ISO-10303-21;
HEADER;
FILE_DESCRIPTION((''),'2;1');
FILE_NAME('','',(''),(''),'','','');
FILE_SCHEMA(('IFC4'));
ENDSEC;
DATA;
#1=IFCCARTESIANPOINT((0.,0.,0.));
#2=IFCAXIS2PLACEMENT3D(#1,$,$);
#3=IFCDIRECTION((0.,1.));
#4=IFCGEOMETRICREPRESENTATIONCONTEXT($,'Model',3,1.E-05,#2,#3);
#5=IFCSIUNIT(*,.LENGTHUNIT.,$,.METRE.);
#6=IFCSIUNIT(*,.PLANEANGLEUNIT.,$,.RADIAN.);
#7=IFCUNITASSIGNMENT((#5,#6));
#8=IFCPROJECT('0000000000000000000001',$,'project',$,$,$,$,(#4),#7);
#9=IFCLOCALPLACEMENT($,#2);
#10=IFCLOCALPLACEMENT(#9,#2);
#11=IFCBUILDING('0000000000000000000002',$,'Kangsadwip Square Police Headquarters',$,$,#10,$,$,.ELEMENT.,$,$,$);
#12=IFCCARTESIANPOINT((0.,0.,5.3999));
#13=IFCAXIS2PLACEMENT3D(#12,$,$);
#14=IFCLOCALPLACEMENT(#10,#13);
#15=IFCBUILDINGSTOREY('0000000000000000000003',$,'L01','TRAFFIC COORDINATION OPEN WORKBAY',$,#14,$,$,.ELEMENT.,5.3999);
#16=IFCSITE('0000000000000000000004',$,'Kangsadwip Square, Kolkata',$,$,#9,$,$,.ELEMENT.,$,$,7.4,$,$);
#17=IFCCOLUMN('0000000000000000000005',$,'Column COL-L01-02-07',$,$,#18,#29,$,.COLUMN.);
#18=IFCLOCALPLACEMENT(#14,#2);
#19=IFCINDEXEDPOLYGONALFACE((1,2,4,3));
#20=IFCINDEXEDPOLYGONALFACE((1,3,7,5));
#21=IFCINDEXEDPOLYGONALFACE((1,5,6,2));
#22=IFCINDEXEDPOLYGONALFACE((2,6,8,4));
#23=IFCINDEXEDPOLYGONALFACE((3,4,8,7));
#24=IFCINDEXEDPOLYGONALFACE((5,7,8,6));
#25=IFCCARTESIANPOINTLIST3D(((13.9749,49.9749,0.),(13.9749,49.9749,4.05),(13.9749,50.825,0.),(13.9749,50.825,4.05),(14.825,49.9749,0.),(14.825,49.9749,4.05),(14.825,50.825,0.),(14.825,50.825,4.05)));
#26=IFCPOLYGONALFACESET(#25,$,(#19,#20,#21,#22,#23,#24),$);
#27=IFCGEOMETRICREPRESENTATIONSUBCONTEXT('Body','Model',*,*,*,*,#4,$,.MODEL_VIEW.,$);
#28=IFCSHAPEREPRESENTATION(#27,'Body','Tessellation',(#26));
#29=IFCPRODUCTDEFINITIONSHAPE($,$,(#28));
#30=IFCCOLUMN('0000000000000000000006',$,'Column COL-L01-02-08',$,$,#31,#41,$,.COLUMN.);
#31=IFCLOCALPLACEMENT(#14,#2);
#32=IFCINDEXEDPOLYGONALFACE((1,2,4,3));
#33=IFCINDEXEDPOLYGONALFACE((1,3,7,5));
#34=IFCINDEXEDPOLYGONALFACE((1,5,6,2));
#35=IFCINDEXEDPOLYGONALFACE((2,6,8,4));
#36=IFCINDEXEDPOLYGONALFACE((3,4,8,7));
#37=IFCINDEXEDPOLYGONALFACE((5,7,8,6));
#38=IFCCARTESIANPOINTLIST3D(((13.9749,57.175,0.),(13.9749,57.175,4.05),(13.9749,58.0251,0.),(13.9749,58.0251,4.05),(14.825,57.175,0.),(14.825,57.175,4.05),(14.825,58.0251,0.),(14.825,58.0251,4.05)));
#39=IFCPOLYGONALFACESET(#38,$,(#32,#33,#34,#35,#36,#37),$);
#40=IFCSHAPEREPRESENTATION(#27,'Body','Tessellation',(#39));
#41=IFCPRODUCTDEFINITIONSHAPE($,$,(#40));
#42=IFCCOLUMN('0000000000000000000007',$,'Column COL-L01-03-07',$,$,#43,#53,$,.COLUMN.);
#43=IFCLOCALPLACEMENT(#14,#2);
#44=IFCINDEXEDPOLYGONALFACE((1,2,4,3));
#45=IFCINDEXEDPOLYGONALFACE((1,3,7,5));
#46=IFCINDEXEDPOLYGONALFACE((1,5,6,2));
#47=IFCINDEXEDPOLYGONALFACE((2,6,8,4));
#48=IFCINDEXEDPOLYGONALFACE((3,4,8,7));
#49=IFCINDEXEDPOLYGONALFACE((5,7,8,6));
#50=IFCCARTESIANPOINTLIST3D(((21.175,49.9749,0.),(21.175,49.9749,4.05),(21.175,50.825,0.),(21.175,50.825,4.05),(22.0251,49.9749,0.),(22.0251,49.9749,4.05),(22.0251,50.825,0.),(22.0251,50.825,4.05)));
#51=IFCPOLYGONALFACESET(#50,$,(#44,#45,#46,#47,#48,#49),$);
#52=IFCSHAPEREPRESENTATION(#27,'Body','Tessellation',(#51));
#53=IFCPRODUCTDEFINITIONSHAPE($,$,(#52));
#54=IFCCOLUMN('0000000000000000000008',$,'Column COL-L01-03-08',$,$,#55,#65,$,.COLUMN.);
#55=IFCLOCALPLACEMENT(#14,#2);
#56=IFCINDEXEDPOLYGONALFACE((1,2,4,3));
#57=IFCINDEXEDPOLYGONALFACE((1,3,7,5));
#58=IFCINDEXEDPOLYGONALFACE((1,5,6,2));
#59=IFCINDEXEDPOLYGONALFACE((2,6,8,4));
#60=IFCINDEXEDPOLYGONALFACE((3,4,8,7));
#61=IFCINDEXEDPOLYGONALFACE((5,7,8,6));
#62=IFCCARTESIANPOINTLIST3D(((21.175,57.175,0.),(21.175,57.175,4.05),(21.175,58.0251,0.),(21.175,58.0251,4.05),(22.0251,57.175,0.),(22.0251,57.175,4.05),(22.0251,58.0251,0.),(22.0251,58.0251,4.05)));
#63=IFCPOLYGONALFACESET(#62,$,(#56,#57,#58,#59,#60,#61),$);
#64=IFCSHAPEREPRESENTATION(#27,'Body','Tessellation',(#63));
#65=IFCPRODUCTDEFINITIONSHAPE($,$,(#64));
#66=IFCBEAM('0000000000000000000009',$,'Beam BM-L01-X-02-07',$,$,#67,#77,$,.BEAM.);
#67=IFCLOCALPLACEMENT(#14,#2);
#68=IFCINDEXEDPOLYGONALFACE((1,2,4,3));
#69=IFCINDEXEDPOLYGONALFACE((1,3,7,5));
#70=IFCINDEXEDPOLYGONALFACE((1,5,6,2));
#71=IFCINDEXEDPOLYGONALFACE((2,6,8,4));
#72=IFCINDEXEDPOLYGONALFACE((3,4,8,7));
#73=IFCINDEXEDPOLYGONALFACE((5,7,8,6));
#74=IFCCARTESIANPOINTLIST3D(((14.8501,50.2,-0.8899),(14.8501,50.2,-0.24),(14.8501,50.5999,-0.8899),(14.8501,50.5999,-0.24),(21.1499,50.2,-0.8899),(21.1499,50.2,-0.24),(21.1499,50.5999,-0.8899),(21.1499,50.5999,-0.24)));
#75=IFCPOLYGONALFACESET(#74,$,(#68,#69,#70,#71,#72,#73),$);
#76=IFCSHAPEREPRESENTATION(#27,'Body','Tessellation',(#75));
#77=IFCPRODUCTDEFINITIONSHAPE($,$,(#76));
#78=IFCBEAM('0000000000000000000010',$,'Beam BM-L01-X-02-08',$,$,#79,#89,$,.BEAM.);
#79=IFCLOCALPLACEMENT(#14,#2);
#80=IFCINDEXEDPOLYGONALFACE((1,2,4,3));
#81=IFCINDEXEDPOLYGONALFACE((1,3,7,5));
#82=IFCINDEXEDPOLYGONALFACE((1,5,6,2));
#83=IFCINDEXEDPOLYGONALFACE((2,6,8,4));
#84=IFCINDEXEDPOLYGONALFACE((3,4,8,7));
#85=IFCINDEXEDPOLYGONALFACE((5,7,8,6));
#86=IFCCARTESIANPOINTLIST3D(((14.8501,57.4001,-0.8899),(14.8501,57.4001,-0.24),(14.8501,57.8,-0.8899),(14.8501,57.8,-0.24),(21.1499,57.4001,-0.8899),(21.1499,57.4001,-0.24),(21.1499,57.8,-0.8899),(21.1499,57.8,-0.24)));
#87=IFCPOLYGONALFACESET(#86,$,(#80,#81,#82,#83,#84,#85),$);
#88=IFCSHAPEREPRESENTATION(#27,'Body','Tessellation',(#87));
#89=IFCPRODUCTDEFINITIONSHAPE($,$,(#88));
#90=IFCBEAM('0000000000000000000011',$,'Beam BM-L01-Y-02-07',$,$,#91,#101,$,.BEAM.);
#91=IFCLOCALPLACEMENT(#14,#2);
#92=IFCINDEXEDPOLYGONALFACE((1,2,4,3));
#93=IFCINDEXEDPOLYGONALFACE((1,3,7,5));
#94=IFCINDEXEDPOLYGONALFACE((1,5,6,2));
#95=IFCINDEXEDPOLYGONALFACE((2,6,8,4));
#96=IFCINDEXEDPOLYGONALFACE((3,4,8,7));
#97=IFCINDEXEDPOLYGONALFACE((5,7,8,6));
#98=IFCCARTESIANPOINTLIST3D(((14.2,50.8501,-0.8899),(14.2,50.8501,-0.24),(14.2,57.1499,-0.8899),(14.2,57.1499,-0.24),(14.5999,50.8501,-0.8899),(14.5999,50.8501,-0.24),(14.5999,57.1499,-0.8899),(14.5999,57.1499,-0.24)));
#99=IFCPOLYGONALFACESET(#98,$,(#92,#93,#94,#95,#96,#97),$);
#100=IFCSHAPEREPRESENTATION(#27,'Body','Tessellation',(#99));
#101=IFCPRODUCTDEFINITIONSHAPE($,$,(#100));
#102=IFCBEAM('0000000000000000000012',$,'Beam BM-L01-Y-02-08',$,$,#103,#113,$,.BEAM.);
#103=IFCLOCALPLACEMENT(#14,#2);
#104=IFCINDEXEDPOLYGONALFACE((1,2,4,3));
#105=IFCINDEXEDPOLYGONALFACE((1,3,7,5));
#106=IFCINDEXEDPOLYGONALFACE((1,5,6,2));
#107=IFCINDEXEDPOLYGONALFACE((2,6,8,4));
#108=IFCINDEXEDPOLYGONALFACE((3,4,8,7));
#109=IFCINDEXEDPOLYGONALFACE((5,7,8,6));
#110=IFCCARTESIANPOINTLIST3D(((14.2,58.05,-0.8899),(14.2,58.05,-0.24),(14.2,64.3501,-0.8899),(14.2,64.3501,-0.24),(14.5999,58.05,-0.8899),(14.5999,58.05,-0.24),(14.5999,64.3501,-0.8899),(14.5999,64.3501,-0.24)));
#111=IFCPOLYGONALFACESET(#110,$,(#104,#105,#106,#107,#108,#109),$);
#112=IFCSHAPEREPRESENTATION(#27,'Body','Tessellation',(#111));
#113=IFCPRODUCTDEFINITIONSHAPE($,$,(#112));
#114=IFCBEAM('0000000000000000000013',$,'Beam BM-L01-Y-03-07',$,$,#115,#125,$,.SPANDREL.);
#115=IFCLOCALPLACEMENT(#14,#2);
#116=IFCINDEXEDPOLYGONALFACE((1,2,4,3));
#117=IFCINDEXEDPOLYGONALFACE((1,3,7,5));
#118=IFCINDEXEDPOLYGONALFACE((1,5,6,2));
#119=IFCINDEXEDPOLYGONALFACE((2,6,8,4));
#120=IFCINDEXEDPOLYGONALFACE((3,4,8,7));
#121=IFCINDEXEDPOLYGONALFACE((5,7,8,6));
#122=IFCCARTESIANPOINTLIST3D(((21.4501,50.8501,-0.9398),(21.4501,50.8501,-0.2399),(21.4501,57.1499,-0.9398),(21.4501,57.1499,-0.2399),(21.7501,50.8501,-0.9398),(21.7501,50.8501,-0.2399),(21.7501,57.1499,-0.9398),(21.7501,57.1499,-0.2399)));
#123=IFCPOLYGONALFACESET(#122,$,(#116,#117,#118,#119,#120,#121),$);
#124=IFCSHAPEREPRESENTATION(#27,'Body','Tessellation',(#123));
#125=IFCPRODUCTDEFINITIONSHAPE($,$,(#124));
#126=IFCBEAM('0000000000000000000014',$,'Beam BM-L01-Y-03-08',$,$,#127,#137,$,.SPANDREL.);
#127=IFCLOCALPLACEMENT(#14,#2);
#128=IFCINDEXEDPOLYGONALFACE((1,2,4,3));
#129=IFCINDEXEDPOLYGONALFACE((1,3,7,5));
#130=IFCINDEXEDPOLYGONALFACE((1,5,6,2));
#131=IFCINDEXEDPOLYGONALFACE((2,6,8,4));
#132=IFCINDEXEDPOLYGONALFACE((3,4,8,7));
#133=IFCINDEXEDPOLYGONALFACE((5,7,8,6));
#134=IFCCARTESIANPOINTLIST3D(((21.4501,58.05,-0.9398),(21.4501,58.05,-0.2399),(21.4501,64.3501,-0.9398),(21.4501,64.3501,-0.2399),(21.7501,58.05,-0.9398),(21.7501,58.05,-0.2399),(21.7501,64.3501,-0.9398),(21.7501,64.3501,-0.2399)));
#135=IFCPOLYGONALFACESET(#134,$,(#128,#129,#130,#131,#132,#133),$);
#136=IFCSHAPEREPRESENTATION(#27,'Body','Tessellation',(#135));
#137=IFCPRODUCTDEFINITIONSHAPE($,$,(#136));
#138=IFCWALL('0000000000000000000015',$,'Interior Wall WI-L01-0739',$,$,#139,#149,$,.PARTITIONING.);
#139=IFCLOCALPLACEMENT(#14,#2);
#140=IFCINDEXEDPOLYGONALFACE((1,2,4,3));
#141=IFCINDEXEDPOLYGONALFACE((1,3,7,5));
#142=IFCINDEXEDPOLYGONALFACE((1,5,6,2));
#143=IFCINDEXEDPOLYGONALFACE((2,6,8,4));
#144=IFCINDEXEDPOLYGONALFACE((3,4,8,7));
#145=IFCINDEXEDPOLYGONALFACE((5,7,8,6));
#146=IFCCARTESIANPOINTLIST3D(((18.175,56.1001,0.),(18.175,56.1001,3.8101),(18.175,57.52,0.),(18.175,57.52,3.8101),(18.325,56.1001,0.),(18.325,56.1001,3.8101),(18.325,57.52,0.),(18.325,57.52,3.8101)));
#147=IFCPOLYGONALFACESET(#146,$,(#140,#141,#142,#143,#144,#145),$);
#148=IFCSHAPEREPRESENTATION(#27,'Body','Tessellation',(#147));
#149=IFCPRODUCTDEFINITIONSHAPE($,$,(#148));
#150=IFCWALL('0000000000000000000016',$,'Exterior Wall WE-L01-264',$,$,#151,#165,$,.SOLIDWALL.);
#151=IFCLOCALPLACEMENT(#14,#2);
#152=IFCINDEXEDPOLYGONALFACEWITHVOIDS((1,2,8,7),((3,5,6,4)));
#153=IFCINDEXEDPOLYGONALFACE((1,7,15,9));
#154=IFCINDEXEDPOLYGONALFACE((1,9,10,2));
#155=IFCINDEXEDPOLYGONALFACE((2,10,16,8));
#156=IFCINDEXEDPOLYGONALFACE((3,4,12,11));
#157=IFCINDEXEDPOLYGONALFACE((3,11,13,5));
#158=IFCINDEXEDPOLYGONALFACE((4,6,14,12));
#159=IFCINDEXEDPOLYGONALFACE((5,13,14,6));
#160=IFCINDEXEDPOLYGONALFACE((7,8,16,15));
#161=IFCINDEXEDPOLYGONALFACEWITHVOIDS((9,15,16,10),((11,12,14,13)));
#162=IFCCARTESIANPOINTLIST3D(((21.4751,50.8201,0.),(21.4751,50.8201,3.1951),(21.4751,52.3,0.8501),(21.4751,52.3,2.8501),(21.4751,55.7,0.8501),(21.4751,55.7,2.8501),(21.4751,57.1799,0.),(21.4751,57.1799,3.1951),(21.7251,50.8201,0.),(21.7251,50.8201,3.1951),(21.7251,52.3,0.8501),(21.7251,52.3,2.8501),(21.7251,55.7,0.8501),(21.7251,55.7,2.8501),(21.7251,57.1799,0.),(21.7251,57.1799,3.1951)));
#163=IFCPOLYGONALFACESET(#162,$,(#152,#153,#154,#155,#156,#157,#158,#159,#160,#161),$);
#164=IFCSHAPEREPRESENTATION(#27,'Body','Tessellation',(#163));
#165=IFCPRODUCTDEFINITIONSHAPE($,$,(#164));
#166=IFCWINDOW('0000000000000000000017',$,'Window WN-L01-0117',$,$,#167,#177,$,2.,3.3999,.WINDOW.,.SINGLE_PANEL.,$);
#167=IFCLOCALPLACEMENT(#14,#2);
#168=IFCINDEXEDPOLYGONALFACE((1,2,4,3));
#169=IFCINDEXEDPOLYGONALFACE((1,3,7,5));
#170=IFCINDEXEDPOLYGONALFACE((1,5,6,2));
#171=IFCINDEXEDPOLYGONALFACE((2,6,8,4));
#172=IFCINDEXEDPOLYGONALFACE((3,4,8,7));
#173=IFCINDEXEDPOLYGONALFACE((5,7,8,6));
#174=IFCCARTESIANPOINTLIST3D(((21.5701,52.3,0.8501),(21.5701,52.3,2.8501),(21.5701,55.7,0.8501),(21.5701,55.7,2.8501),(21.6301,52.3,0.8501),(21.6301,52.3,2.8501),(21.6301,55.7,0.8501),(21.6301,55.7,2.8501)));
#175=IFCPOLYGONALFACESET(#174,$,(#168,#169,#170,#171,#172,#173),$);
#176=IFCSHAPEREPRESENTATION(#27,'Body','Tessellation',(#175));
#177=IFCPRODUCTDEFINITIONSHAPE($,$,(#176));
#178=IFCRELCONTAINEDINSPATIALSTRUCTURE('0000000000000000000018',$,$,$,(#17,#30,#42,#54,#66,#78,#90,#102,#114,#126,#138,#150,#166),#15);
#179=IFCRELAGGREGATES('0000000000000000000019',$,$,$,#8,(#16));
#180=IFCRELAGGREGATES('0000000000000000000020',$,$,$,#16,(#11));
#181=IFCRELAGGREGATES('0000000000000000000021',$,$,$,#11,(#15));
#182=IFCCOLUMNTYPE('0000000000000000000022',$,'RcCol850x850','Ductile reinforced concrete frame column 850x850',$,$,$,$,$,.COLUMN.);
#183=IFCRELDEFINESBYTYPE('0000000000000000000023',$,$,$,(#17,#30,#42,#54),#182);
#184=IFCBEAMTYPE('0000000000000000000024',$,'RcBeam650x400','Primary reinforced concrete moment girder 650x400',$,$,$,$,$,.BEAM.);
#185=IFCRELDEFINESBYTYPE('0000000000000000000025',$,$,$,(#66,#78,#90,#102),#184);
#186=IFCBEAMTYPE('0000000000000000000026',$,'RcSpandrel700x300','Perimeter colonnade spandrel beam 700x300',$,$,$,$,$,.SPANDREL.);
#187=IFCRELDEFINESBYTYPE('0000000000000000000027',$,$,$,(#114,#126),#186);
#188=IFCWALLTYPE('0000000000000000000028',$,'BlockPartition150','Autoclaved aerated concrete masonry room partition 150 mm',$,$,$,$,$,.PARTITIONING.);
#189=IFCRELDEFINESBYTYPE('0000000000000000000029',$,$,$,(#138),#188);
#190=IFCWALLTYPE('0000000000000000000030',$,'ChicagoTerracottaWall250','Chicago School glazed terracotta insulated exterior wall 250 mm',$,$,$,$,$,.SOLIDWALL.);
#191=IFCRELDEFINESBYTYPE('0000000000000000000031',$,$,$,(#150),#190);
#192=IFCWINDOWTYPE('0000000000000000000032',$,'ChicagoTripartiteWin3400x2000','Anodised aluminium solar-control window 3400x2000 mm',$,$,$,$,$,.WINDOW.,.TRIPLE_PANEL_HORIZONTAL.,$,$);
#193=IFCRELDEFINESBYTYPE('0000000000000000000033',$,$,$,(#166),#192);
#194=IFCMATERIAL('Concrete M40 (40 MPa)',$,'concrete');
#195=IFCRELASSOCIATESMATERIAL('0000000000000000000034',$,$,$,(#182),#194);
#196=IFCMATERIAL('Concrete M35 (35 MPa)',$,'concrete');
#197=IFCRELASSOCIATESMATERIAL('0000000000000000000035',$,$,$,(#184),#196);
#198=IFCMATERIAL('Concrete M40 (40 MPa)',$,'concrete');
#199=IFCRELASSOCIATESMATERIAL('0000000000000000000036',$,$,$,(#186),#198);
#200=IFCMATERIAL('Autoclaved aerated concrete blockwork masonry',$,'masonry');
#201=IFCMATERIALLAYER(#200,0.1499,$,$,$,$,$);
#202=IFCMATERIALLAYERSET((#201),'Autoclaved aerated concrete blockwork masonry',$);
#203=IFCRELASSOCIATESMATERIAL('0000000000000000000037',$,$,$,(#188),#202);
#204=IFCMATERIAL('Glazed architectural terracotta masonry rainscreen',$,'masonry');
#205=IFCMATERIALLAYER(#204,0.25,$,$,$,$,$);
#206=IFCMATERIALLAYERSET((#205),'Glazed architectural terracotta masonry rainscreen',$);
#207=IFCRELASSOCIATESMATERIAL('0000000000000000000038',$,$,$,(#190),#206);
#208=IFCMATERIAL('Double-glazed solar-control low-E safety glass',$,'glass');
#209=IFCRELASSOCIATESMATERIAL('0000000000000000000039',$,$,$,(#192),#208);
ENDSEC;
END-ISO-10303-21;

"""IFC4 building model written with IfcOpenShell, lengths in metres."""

from ifc_helpers import new_model, si_unit, direction, frame, frame_2d, origin, origin_2d, place, context, subcontext, project, spatial, rectangle, extrude, material, layer, layer_set, material_profile, profile_set, type_object, element, fill, save


model = new_model("IFC4")

# Units and contexts
model_context = context("Model", 3, precision=1e-05, world=origin(), true_north=direction((0.0, 1.0)))
body_context = subcontext(model_context, "Body", "Model", "MODEL_VIEW")
ifc_project = project(units=[si_unit("LENGTHUNIT", "METRE"), si_unit("PLANEANGLEUNIT", "RADIAN")], contexts=[model_context])

# Site, building, storey
site_placement = place(None, origin())
site = spatial("IfcSite", under=ifc_project, at=site_placement, Name="Kangsadwip Square, Kolkata", CompositionType="ELEMENT", RefElevation=7.4)
building_placement = place(site_placement, origin())
building = spatial("IfcBuilding", under=site, at=building_placement, Name="Kangsadwip Square Police Headquarters", CompositionType="ELEMENT")
storey_placement = place(building_placement, frame((0.0, 0.0, 5.3999)))
storey = spatial("IfcBuildingStorey", under=building, at=storey_placement, Name="L01", Description="TRAFFIC COORDINATION OPEN WORKBAY", CompositionType="ELEMENT", Elevation=5.3999)

# Columns
ifc_material_1 = material(Name="Concrete M40 (40 MPa)", Category="concrete")
ifc_material_profile_1 = material_profile(ifc_material_1, rectangle(XDim=0.8501, YDim=0.8501, at=origin_2d()), Name="RC COL 850X850")
ifc_profile_set_1 = profile_set([ifc_material_profile_1], Name="Concrete M40 (40 MPa)")
column_type = type_object("IfcColumnType", Name="RcCol850x850", Description="Ductile reinforced concrete frame column 850x850", PredefinedType="COLUMN", material=ifc_profile_set_1)
for number, where, z_axis, x_axis, name in (
    (1, (14.3999, 50.3999, 0.0), (0.0, 0.0, 1.0), (1.0, 0.0, 0.0), "Column COL-L01-02-07"),
    (2, (14.3999, 57.6001, 0.0), (0.0, 0.0, 1.0), (1.0, 0.0, 0.0), "Column COL-L01-02-08"),
    (3, (21.6001, 50.3999, 0.0), (0.0, 0.0, 1.0), (1.0, 0.0, 0.0), "Column COL-L01-03-07"),
    (4, (21.6001, 57.6001, 0.0), (0.0, 0.0, 1.0), (1.0, 0.0, 0.0), "Column COL-L01-03-08"),
):
    element("IfcColumn", number, at=place(storey_placement, frame(where, z_axis=z_axis, x_axis=x_axis)), inside=storey, type_object=column_type, Name=name, PredefinedType="COLUMN", context=body_context, shape_type="SweptSolid", body=[
        extrude(rectangle(XDim=0.8501, YDim=0.8501, at=origin_2d()), origin(), (0.0, 0.0, 1.0), 4.05),
    ])

# Beams
ifc_material_2 = material(Name="Concrete M35 (35 MPa)", Category="concrete")
ifc_material_profile_2 = material_profile(ifc_material_2, rectangle(XDim=0.3999, YDim=0.6499, at=origin_2d()), Name="RC BM 650X400")
ifc_profile_set_2 = profile_set([ifc_material_profile_2], Name="Concrete M35 (35 MPa)")
beam_type_1 = type_object("IfcBeamType", Name="RcBeam650x400", Description="Primary reinforced concrete moment girder 650x400", PredefinedType="BEAM", material=ifc_profile_set_2)
for number, where, z_axis, x_axis, name in (
    (5, (14.8501, 50.3999, -0.5649), (1.0, 0.0, 0.0), (0.0, 1.0, 0.0), "Beam BM-L01-X-02-07"),
    (6, (14.8501, 57.6001, -0.5649), (1.0, 0.0, 0.0), (0.0, 1.0, 0.0), "Beam BM-L01-X-02-08"),
    (7, (14.3999, 50.8501, -0.5649), (0.0, 1.0, 0.0), (-1.0, 0.0, 0.0), "Beam BM-L01-Y-02-07"),
):
    element("IfcBeam", number, at=place(storey_placement, frame(where, z_axis=z_axis, x_axis=x_axis)), inside=storey, type_object=beam_type_1, Name=name, PredefinedType="BEAM", context=body_context, shape_type="SweptSolid", body=[
        extrude(rectangle(XDim=0.3999, YDim=0.6499, at=origin_2d()), origin(), (0.0, 0.0, 1.0), 6.2998),
    ])
beam_1_placement = place(storey_placement, frame((14.3999, 58.05, -0.5649), z_axis=(0.0, 1.0, 0.0), x_axis=(-1.0, 0.0, 0.0)))
element("IfcBeam", 8, at=beam_1_placement, inside=storey, type_object=beam_type_1, Name="Beam BM-L01-Y-02-08", PredefinedType="BEAM", context=body_context, shape_type="SweptSolid", body=[
    extrude(rectangle(XDim=0.3999, YDim=0.6499, at=origin_2d()), origin(), (0.0, 0.0, 1.0), 6.3),
])
ifc_material_3 = material(Name="Concrete M40 (40 MPa)", Category="concrete")
ifc_material_profile_3 = material_profile(ifc_material_3, rectangle(XDim=0.3, YDim=0.7, at=origin_2d()), Name="RC SPN 700X300")
ifc_profile_set_3 = profile_set([ifc_material_profile_3], Name="Concrete M40 (40 MPa)")
beam_type_2 = type_object("IfcBeamType", Name="RcSpandrel700x300", Description="Perimeter colonnade spandrel beam 700x300", PredefinedType="SPANDREL", material=ifc_profile_set_3)
beam_2_placement = place(storey_placement, frame((21.6001, 50.8501, -0.5898), z_axis=(0.0, 1.0, 0.0), x_axis=(-1.0, 0.0, 0.0)))
element("IfcBeam", 9, at=beam_2_placement, inside=storey, type_object=beam_type_2, Name="Beam BM-L01-Y-03-07", PredefinedType="SPANDREL", context=body_context, shape_type="SweptSolid", body=[
    extrude(rectangle(XDim=0.3, YDim=0.7, at=origin_2d()), origin(), (0.0, 0.0, 1.0), 6.2998),
])
beam_3_placement = place(storey_placement, frame((21.6001, 58.05, -0.5898), z_axis=(0.0, 1.0, 0.0), x_axis=(-1.0, 0.0, 0.0)))
element("IfcBeam", 10, at=beam_3_placement, inside=storey, type_object=beam_type_2, Name="Beam BM-L01-Y-03-08", PredefinedType="SPANDREL", context=body_context, shape_type="SweptSolid", body=[
    extrude(rectangle(XDim=0.3, YDim=0.7, at=origin_2d()), origin(), (0.0, 0.0, 1.0), 6.3),
])

# Wall
ifc_material_4 = material(Name="Autoclaved aerated concrete blockwork masonry", Category="masonry")
ifc_layer_1 = layer(ifc_material_4, 0.1499)
ifc_layer_set_1 = layer_set([ifc_layer_1], Name="Autoclaved aerated concrete blockwork masonry")
wall_type_1 = type_object("IfcWallType", Name="BlockPartition150", Description="Autoclaved aerated concrete masonry room partition 150 mm", PredefinedType="PARTITIONING", material=ifc_layer_set_1)
wall_1_placement = place(storey_placement, frame((18.25, 56.1001, 0.0), z_axis=(0.0, 0.0, 1.0), x_axis=(0.0, 1.0, 0.0)))
element("IfcWall", 11, at=wall_1_placement, inside=storey, type_object=wall_type_1, Name="Interior Wall WI-L01-0739", PredefinedType="PARTITIONING", context=body_context, shape_type="SweptSolid", body=[
    extrude(rectangle(XDim=1.4199, YDim=0.1499, at=frame_2d((0.71, 0.0))), origin(), (0.0, 0.0, 1.0), 3.8101),
])

# Wall, opening, window
ifc_material_5 = material(Name="Glazed architectural terracotta masonry rainscreen", Category="masonry")
ifc_layer_2 = layer(ifc_material_5, 0.25)
ifc_layer_set_2 = layer_set([ifc_layer_2], Name="Glazed architectural terracotta masonry rainscreen")
wall_type_2 = type_object("IfcWallType", Name="ChicagoTerracottaWall250", Description="Chicago School glazed terracotta insulated exterior wall 250 mm", PredefinedType="SOLIDWALL", material=ifc_layer_set_2)
wall_2_placement = place(storey_placement, frame((21.6001, 50.8201, 0.0), z_axis=(0.0, 0.0, 1.0), x_axis=(0.0, 1.0, 0.0)))
wall_2 = element("IfcWall", 12, at=wall_2_placement, inside=storey, type_object=wall_type_2, Name="Exterior Wall WE-L01-264", PredefinedType="SOLIDWALL", context=body_context, shape_type="SweptSolid", body=[
    extrude(rectangle(XDim=6.3599, YDim=0.25, at=frame_2d((3.1799, 0.0))), origin(), (0.0, 0.0, 1.0), 3.1951),
])
opening_1_placement = place(wall_2_placement, frame((1.48, 0.0, 0.8501)))
opening_1 = element("IfcOpeningElement", 13, at=opening_1_placement, cuts=wall_2, PredefinedType="OPENING", context=body_context, shape_type="SweptSolid", body=[
    extrude(rectangle(XDim=3.3999, YDim=2.0, at=frame_2d((1.7, 1.0))), frame((0.0, 0.135, 0.0), z_axis=(0.0, -1.0, 0.0), x_axis=(1.0, 0.0, 0.0)), (0.0, 0.0, 1.0), 0.27),
])
ifc_material_6 = material(Name="Double-glazed solar-control low-E safety glass", Category="glass")
window_type_1 = type_object("IfcWindowType", Name="ChicagoTripartiteWin3400x2000", Description="Anodised aluminium solar-control window 3400x2000 mm", PartitioningType="TRIPLE_PANEL_HORIZONTAL", PredefinedType="WINDOW", material=ifc_material_6)
window_1_placement = place(opening_1_placement, origin())
window_1 = element("IfcWindow", 14, at=window_1_placement, inside=storey, type_object=window_type_1, Name="Window WN-L01-0117", OverallHeight=2.0, OverallWidth=3.3999, PartitioningType="SINGLE_PANEL", PredefinedType="WINDOW", context=body_context, shape_type="SweptSolid", body=[
    extrude(rectangle(XDim=3.3999, YDim=2.0, at=frame_2d((1.7, 1.0))), frame((0.0, 0.03, 0.0), z_axis=(0.0, -1.0, 0.0), x_axis=(1.0, 0.0, 0.0)), (0.0, 0.0, 1.0), 0.0601),
])
fill(opening_1, window_1)

save(model, "model.ifc")
